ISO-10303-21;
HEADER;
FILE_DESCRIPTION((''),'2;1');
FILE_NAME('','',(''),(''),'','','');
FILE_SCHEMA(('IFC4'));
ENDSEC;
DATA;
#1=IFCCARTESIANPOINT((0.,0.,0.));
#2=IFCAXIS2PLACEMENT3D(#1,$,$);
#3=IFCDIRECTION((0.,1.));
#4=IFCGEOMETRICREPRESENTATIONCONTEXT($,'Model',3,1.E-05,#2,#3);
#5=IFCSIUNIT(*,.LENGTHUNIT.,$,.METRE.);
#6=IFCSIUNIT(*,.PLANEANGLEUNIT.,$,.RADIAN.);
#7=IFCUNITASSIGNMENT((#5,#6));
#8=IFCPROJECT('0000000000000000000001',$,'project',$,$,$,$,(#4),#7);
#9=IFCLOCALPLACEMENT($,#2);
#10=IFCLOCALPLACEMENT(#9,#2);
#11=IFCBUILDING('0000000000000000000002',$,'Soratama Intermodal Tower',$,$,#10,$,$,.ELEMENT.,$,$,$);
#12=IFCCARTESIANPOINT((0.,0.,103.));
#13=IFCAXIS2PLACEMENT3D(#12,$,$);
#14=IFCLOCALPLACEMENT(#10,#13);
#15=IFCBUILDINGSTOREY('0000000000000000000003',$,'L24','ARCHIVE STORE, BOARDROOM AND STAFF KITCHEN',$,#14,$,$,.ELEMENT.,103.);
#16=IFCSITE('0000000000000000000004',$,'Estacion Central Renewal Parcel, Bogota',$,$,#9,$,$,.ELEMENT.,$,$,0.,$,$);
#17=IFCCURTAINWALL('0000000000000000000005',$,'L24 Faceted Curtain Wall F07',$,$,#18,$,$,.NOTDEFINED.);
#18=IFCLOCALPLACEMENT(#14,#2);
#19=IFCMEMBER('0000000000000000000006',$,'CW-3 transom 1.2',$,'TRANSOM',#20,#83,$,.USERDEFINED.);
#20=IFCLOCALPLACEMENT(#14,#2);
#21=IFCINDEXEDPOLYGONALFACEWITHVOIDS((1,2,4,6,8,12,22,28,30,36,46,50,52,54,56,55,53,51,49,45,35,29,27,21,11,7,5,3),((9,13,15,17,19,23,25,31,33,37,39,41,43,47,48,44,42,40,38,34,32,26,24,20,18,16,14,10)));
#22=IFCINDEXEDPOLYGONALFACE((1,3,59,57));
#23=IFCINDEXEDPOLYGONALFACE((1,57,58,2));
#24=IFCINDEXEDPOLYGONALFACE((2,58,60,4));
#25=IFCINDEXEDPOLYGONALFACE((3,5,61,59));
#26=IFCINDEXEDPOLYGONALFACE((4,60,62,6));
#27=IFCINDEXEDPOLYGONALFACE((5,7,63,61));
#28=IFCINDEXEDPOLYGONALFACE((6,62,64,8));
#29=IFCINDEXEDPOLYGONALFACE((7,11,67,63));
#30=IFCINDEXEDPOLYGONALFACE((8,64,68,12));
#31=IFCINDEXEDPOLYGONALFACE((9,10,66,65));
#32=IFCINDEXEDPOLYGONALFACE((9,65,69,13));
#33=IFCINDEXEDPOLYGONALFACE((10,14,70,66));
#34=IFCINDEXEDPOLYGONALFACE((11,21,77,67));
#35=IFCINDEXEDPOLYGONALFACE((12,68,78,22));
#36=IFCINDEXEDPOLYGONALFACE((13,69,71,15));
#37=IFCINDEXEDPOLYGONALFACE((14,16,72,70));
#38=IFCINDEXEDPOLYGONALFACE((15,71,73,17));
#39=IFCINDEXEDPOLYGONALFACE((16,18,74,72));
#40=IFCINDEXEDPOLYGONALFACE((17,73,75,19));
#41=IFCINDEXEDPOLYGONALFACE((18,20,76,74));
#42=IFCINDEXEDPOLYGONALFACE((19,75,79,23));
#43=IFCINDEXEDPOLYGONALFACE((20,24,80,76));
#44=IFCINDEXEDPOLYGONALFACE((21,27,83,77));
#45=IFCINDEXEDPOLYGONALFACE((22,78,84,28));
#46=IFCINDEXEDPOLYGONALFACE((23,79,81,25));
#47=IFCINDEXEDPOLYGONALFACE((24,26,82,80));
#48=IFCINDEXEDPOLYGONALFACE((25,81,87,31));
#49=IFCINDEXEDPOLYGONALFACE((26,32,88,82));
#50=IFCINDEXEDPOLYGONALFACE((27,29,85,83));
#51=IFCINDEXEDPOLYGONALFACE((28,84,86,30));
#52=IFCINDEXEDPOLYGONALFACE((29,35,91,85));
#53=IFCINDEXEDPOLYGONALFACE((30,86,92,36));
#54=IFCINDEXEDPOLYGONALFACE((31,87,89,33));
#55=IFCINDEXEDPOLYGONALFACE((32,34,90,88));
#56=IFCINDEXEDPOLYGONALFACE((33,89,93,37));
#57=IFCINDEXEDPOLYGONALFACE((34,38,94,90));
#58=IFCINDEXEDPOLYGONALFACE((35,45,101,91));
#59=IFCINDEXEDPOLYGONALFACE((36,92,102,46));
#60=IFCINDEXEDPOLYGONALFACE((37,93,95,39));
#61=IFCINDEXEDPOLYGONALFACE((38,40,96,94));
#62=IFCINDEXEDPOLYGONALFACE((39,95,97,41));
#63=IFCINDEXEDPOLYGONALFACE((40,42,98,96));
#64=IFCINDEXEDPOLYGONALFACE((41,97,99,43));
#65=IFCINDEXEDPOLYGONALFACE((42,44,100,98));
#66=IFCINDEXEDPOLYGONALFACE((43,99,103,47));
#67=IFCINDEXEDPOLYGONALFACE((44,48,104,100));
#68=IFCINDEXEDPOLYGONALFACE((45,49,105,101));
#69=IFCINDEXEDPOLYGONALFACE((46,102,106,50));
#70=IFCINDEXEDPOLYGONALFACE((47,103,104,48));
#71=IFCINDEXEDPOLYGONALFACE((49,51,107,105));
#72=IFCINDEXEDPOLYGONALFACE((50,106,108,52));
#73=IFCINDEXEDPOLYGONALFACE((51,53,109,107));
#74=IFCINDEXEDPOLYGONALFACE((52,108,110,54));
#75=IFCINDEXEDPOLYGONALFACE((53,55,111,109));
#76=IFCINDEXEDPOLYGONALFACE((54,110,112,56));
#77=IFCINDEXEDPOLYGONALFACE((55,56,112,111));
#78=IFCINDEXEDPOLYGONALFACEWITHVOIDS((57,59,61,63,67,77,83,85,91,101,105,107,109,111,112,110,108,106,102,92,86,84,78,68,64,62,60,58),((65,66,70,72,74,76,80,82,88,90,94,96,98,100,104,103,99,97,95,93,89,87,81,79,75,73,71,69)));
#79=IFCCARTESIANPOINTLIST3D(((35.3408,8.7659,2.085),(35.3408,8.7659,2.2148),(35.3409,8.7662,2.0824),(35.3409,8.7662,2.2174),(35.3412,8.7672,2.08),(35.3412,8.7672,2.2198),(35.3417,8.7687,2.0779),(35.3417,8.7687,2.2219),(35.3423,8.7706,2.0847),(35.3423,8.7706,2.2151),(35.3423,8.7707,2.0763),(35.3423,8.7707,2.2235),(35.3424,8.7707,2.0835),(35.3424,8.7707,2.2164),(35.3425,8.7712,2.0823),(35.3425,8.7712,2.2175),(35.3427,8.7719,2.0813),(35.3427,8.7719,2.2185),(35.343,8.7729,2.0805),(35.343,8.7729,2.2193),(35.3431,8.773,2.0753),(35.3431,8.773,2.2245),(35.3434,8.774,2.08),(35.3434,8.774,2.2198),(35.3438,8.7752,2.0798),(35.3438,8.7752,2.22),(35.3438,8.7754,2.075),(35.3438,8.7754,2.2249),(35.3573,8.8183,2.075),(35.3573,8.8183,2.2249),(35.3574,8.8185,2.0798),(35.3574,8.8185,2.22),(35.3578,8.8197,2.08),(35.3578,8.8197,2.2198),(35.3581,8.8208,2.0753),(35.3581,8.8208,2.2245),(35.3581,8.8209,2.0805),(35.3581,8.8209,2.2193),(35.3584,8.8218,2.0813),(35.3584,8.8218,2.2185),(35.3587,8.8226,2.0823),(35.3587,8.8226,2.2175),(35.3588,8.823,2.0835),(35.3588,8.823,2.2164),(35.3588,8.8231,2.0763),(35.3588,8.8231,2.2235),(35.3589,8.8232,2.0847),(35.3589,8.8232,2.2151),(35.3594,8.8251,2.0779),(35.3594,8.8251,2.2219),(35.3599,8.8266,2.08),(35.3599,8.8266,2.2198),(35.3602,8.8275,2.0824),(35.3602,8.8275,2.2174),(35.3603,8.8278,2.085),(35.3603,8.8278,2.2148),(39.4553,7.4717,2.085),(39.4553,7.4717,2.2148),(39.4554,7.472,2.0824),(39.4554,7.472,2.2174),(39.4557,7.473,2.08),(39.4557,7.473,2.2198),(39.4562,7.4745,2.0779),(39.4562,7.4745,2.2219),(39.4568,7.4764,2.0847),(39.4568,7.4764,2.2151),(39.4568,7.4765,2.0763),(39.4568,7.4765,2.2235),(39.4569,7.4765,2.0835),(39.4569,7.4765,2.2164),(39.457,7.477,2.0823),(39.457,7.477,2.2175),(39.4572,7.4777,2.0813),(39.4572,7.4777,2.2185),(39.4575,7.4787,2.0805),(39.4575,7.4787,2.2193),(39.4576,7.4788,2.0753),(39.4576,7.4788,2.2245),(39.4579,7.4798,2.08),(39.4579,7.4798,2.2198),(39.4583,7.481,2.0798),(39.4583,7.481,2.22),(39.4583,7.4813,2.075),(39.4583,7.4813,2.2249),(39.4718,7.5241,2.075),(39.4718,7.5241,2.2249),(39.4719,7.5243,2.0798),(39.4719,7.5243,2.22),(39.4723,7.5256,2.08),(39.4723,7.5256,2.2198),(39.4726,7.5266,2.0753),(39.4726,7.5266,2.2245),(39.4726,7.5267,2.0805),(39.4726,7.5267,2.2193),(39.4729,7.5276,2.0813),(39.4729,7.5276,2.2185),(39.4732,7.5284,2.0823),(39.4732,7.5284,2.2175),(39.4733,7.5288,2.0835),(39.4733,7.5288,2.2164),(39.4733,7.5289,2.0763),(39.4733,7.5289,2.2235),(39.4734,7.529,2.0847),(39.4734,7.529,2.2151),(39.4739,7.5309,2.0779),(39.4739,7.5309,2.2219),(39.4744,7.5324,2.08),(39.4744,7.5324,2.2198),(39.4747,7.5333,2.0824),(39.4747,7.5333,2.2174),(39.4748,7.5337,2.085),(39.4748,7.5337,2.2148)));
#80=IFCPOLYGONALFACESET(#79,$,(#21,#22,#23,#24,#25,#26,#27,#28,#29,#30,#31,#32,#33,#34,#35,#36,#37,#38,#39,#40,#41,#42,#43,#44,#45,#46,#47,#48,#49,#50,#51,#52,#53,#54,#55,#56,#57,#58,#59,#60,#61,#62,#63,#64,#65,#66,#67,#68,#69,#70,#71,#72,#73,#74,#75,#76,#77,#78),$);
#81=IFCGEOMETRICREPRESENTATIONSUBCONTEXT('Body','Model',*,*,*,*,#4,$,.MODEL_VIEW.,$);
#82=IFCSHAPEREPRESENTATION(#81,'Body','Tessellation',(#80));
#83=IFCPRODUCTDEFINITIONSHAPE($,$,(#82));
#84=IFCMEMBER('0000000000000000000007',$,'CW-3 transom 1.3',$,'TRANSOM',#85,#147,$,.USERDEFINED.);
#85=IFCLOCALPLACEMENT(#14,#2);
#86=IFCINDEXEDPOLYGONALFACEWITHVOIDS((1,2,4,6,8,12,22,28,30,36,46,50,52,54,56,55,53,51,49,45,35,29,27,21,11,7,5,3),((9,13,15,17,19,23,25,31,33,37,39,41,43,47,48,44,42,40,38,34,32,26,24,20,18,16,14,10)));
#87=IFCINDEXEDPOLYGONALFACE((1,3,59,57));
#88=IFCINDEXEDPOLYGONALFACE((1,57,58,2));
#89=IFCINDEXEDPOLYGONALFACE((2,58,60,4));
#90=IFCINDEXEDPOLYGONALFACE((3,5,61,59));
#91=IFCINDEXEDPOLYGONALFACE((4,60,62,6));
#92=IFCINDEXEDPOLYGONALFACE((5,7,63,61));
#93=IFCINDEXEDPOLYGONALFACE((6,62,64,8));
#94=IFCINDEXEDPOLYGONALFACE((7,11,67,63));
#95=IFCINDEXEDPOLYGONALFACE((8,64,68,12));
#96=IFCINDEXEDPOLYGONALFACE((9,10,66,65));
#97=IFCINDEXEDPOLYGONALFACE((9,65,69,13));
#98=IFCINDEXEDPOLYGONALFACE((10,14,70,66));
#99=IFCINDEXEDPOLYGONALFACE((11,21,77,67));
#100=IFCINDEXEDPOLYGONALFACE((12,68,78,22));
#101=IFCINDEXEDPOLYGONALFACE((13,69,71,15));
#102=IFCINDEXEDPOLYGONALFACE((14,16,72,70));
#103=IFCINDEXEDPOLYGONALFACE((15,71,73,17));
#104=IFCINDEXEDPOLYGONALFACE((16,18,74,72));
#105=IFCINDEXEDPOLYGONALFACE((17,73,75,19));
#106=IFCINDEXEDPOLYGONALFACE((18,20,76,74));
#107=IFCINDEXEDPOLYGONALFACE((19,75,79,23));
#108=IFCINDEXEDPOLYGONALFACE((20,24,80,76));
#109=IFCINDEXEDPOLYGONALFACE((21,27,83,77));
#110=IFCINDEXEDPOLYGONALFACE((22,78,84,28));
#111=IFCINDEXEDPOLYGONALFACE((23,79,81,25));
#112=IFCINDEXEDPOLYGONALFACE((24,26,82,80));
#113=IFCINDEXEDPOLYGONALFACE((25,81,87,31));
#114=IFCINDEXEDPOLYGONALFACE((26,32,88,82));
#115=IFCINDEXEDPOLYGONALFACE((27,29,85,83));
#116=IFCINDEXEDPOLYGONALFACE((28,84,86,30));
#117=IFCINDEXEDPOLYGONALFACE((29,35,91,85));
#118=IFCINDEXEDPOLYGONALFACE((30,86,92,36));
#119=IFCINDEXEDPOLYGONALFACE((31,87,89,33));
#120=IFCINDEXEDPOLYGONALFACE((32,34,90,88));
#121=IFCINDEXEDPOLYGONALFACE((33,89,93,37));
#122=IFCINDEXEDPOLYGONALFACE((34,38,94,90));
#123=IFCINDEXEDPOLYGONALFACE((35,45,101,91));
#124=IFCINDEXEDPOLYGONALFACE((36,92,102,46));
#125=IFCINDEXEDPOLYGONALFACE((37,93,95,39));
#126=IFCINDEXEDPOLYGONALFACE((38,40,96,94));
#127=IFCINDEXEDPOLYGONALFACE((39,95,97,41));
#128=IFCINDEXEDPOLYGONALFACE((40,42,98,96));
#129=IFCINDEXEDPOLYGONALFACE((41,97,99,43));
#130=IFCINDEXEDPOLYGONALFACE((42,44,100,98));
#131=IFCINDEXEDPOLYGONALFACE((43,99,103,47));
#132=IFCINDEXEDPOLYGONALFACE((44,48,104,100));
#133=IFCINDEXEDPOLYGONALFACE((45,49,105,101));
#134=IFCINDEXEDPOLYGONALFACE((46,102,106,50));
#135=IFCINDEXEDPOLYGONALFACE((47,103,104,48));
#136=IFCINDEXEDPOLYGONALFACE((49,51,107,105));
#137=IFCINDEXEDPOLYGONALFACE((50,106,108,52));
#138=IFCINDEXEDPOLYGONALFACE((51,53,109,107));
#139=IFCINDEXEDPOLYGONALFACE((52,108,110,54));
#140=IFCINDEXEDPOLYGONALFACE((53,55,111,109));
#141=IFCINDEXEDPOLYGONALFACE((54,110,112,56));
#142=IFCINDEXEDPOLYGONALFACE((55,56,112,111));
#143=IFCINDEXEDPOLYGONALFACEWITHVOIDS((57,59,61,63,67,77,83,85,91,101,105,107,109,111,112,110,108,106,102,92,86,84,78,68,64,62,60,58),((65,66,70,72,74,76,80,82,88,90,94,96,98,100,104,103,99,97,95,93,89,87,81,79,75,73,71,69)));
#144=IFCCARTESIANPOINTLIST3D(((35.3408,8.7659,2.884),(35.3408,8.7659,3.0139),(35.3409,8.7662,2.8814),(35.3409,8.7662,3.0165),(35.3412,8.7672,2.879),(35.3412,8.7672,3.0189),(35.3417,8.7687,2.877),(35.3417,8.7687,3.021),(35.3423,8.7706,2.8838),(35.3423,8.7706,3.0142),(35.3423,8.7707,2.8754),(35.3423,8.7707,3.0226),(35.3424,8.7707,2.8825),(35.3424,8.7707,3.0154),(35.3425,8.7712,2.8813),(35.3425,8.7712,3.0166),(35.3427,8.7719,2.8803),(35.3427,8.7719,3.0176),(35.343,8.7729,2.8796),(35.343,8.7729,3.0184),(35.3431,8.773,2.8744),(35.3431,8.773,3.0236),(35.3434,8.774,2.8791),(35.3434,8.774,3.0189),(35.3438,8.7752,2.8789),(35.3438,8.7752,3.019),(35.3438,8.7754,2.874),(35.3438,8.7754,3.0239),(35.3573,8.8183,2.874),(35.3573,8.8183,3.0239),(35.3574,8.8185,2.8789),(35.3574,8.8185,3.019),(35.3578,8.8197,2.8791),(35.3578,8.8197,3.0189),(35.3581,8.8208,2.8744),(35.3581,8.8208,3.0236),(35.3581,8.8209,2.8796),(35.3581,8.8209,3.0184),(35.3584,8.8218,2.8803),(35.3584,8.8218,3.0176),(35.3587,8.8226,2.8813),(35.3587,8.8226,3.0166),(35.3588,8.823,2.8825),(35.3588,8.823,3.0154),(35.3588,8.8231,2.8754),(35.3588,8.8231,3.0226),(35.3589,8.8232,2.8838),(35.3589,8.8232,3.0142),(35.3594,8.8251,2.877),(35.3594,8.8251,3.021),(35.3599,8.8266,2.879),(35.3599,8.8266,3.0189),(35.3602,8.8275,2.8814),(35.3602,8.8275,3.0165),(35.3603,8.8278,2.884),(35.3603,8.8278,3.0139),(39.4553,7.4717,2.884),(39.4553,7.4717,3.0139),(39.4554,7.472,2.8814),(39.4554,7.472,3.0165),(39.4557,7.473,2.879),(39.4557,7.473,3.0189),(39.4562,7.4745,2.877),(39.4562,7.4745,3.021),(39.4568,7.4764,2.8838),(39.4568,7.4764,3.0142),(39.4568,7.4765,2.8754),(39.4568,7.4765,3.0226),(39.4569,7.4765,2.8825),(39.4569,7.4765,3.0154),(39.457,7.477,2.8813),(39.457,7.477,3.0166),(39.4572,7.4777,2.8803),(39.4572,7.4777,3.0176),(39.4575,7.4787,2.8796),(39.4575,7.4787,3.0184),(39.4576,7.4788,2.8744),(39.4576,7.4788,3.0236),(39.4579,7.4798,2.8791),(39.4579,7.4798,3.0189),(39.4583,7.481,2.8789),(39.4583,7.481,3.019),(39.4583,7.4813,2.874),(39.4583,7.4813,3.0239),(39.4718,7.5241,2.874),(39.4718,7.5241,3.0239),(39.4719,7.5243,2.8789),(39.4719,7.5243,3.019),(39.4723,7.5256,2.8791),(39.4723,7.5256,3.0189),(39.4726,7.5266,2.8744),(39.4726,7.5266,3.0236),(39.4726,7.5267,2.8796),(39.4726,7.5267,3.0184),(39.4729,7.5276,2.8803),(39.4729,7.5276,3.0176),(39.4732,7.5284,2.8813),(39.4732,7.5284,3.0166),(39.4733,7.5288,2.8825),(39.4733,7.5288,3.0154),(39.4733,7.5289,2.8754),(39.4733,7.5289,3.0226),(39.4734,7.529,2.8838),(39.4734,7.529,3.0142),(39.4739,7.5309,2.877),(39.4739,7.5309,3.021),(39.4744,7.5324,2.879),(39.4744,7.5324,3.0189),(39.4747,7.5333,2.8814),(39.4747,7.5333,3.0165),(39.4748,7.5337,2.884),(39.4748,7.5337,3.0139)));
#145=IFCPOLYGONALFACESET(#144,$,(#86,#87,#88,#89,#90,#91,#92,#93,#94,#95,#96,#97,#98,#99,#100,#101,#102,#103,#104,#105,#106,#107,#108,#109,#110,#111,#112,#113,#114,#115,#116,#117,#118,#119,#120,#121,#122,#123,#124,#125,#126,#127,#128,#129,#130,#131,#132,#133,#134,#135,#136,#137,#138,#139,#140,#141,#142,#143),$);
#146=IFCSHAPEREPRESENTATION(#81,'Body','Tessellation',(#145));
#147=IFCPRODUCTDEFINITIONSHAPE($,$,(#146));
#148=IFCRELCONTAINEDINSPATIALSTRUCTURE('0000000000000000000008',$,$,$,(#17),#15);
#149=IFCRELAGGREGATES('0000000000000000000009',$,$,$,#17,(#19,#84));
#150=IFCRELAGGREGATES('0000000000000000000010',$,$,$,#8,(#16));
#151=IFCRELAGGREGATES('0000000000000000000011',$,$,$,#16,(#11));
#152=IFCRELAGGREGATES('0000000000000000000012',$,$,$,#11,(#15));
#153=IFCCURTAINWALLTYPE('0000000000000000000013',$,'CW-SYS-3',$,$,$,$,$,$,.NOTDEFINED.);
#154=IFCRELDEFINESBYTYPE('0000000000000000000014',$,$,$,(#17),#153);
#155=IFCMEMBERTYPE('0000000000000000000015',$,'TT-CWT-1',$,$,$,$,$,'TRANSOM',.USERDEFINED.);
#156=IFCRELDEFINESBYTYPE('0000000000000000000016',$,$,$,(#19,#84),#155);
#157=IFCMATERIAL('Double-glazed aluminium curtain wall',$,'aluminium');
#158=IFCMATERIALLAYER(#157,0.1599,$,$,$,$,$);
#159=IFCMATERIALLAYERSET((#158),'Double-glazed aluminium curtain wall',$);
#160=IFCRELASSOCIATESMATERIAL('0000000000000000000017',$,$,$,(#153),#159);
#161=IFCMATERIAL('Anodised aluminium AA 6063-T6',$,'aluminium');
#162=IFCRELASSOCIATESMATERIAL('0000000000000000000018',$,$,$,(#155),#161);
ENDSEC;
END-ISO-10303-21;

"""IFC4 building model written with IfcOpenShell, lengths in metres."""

from ifc_helpers import new_model, si_unit, direction, frame, origin, origin_2d, place, context, subcontext, project, spatial, hollow_rectangle, extrude, material, layer, layer_set, material_profile, profile_set, type_object, element, aggregate, save


model = new_model("IFC4")

# Units and contexts
model_context = context("Model", 3, precision=1e-05, world=origin(), true_north=direction((0.0, 1.0)))
body_context = subcontext(model_context, "Body", "Model", "MODEL_VIEW")
ifc_project = project(units=[si_unit("LENGTHUNIT", "METRE"), si_unit("PLANEANGLEUNIT", "RADIAN")], contexts=[model_context])

# Site, building, storey
site_placement = place(None, origin())
site = spatial("IfcSite", under=ifc_project, at=site_placement, Name="Estacion Central Renewal Parcel, Bogota", CompositionType="ELEMENT", RefElevation=0.0)
building_placement = place(site_placement, origin())
building = spatial("IfcBuilding", under=site, at=building_placement, Name="Soratama Intermodal Tower", CompositionType="ELEMENT")
storey_placement = place(building_placement, frame((0.0, 0.0, 103.0)))
storey = spatial("IfcBuildingStorey", under=building, at=storey_placement, Name="L24", Description="ARCHIVE STORE, BOARDROOM AND STAFF KITCHEN", CompositionType="ELEMENT", Elevation=103.0)

# Curtain wall, members
ifc_material_1 = material(Name="Double-glazed aluminium curtain wall", Category="aluminium")
ifc_layer_1 = layer(ifc_material_1, 0.1599)
ifc_layer_set_1 = layer_set([ifc_layer_1], Name="Double-glazed aluminium curtain wall")
curtain_wall_type = type_object("IfcCurtainWallType", Name="CW-SYS-3", PredefinedType="NOTDEFINED", material=ifc_layer_set_1)
curtain_wall_placement = place(storey_placement, origin())
curtain_wall = element("IfcCurtainWall", 1, at=curtain_wall_placement, inside=storey, type_object=curtain_wall_type, Name="L24 Faceted Curtain Wall F07", PredefinedType="NOTDEFINED")
ifc_material_2 = material(Name="Anodised aluminium AA 6063-T6", Category="aluminium")
ifc_material_profile_1 = material_profile(ifc_material_2, hollow_rectangle(XDim=0.0649, YDim=0.1499, WallThickness=0.0049, InnerFilletRadius=0.0049, OuterFilletRadius=0.01, at=origin_2d()), Name="CWT150X65X5")
ifc_profile_set_1 = profile_set([ifc_material_profile_1], Name="Anodised aluminium AA 6063-T6")
member_type_1 = type_object("IfcMemberType", Name="TT-CWT-1", ElementType="TRANSOM", PredefinedType="USERDEFINED", material=ifc_profile_set_1)
member_1_placement = place(storey_placement, frame((35.3506, 8.7969, 2.1499), z_axis=(0.953923, -0.30005, 0.0), x_axis=(0.30005, 0.953923, 0.0)))
member_1 = element("IfcMember", 2, at=member_1_placement, type_object=member_type_1, Name="CW-3 transom 1.2", ObjectType="TRANSOM", PredefinedType="USERDEFINED", context=body_context, shape_type="SweptSolid", body=[
    extrude(hollow_rectangle(XDim=0.0649, YDim=0.1499, WallThickness=0.0049, InnerFilletRadius=0.0049, OuterFilletRadius=0.01, at=origin_2d()), origin(), (0.0, 0.0, 1.0), 4.3132),
])
member_2_placement = place(storey_placement, frame((35.3506, 8.7969, 2.949), z_axis=(0.953923, -0.30005, 0.0), x_axis=(0.30005, 0.953923, 0.0)))
member_2 = element("IfcMember", 3, at=member_2_placement, type_object=member_type_1, Name="CW-3 transom 1.3", ObjectType="TRANSOM", PredefinedType="USERDEFINED", context=body_context, shape_type="SweptSolid", body=[
    extrude(hollow_rectangle(XDim=0.0649, YDim=0.1499, WallThickness=0.0049, InnerFilletRadius=0.0049, OuterFilletRadius=0.01, at=origin_2d()), origin(), (0.0, 0.0, 1.0), 4.3132),
])
aggregate(curtain_wall, [member_1, member_2])

save(model, "model.ifc")
